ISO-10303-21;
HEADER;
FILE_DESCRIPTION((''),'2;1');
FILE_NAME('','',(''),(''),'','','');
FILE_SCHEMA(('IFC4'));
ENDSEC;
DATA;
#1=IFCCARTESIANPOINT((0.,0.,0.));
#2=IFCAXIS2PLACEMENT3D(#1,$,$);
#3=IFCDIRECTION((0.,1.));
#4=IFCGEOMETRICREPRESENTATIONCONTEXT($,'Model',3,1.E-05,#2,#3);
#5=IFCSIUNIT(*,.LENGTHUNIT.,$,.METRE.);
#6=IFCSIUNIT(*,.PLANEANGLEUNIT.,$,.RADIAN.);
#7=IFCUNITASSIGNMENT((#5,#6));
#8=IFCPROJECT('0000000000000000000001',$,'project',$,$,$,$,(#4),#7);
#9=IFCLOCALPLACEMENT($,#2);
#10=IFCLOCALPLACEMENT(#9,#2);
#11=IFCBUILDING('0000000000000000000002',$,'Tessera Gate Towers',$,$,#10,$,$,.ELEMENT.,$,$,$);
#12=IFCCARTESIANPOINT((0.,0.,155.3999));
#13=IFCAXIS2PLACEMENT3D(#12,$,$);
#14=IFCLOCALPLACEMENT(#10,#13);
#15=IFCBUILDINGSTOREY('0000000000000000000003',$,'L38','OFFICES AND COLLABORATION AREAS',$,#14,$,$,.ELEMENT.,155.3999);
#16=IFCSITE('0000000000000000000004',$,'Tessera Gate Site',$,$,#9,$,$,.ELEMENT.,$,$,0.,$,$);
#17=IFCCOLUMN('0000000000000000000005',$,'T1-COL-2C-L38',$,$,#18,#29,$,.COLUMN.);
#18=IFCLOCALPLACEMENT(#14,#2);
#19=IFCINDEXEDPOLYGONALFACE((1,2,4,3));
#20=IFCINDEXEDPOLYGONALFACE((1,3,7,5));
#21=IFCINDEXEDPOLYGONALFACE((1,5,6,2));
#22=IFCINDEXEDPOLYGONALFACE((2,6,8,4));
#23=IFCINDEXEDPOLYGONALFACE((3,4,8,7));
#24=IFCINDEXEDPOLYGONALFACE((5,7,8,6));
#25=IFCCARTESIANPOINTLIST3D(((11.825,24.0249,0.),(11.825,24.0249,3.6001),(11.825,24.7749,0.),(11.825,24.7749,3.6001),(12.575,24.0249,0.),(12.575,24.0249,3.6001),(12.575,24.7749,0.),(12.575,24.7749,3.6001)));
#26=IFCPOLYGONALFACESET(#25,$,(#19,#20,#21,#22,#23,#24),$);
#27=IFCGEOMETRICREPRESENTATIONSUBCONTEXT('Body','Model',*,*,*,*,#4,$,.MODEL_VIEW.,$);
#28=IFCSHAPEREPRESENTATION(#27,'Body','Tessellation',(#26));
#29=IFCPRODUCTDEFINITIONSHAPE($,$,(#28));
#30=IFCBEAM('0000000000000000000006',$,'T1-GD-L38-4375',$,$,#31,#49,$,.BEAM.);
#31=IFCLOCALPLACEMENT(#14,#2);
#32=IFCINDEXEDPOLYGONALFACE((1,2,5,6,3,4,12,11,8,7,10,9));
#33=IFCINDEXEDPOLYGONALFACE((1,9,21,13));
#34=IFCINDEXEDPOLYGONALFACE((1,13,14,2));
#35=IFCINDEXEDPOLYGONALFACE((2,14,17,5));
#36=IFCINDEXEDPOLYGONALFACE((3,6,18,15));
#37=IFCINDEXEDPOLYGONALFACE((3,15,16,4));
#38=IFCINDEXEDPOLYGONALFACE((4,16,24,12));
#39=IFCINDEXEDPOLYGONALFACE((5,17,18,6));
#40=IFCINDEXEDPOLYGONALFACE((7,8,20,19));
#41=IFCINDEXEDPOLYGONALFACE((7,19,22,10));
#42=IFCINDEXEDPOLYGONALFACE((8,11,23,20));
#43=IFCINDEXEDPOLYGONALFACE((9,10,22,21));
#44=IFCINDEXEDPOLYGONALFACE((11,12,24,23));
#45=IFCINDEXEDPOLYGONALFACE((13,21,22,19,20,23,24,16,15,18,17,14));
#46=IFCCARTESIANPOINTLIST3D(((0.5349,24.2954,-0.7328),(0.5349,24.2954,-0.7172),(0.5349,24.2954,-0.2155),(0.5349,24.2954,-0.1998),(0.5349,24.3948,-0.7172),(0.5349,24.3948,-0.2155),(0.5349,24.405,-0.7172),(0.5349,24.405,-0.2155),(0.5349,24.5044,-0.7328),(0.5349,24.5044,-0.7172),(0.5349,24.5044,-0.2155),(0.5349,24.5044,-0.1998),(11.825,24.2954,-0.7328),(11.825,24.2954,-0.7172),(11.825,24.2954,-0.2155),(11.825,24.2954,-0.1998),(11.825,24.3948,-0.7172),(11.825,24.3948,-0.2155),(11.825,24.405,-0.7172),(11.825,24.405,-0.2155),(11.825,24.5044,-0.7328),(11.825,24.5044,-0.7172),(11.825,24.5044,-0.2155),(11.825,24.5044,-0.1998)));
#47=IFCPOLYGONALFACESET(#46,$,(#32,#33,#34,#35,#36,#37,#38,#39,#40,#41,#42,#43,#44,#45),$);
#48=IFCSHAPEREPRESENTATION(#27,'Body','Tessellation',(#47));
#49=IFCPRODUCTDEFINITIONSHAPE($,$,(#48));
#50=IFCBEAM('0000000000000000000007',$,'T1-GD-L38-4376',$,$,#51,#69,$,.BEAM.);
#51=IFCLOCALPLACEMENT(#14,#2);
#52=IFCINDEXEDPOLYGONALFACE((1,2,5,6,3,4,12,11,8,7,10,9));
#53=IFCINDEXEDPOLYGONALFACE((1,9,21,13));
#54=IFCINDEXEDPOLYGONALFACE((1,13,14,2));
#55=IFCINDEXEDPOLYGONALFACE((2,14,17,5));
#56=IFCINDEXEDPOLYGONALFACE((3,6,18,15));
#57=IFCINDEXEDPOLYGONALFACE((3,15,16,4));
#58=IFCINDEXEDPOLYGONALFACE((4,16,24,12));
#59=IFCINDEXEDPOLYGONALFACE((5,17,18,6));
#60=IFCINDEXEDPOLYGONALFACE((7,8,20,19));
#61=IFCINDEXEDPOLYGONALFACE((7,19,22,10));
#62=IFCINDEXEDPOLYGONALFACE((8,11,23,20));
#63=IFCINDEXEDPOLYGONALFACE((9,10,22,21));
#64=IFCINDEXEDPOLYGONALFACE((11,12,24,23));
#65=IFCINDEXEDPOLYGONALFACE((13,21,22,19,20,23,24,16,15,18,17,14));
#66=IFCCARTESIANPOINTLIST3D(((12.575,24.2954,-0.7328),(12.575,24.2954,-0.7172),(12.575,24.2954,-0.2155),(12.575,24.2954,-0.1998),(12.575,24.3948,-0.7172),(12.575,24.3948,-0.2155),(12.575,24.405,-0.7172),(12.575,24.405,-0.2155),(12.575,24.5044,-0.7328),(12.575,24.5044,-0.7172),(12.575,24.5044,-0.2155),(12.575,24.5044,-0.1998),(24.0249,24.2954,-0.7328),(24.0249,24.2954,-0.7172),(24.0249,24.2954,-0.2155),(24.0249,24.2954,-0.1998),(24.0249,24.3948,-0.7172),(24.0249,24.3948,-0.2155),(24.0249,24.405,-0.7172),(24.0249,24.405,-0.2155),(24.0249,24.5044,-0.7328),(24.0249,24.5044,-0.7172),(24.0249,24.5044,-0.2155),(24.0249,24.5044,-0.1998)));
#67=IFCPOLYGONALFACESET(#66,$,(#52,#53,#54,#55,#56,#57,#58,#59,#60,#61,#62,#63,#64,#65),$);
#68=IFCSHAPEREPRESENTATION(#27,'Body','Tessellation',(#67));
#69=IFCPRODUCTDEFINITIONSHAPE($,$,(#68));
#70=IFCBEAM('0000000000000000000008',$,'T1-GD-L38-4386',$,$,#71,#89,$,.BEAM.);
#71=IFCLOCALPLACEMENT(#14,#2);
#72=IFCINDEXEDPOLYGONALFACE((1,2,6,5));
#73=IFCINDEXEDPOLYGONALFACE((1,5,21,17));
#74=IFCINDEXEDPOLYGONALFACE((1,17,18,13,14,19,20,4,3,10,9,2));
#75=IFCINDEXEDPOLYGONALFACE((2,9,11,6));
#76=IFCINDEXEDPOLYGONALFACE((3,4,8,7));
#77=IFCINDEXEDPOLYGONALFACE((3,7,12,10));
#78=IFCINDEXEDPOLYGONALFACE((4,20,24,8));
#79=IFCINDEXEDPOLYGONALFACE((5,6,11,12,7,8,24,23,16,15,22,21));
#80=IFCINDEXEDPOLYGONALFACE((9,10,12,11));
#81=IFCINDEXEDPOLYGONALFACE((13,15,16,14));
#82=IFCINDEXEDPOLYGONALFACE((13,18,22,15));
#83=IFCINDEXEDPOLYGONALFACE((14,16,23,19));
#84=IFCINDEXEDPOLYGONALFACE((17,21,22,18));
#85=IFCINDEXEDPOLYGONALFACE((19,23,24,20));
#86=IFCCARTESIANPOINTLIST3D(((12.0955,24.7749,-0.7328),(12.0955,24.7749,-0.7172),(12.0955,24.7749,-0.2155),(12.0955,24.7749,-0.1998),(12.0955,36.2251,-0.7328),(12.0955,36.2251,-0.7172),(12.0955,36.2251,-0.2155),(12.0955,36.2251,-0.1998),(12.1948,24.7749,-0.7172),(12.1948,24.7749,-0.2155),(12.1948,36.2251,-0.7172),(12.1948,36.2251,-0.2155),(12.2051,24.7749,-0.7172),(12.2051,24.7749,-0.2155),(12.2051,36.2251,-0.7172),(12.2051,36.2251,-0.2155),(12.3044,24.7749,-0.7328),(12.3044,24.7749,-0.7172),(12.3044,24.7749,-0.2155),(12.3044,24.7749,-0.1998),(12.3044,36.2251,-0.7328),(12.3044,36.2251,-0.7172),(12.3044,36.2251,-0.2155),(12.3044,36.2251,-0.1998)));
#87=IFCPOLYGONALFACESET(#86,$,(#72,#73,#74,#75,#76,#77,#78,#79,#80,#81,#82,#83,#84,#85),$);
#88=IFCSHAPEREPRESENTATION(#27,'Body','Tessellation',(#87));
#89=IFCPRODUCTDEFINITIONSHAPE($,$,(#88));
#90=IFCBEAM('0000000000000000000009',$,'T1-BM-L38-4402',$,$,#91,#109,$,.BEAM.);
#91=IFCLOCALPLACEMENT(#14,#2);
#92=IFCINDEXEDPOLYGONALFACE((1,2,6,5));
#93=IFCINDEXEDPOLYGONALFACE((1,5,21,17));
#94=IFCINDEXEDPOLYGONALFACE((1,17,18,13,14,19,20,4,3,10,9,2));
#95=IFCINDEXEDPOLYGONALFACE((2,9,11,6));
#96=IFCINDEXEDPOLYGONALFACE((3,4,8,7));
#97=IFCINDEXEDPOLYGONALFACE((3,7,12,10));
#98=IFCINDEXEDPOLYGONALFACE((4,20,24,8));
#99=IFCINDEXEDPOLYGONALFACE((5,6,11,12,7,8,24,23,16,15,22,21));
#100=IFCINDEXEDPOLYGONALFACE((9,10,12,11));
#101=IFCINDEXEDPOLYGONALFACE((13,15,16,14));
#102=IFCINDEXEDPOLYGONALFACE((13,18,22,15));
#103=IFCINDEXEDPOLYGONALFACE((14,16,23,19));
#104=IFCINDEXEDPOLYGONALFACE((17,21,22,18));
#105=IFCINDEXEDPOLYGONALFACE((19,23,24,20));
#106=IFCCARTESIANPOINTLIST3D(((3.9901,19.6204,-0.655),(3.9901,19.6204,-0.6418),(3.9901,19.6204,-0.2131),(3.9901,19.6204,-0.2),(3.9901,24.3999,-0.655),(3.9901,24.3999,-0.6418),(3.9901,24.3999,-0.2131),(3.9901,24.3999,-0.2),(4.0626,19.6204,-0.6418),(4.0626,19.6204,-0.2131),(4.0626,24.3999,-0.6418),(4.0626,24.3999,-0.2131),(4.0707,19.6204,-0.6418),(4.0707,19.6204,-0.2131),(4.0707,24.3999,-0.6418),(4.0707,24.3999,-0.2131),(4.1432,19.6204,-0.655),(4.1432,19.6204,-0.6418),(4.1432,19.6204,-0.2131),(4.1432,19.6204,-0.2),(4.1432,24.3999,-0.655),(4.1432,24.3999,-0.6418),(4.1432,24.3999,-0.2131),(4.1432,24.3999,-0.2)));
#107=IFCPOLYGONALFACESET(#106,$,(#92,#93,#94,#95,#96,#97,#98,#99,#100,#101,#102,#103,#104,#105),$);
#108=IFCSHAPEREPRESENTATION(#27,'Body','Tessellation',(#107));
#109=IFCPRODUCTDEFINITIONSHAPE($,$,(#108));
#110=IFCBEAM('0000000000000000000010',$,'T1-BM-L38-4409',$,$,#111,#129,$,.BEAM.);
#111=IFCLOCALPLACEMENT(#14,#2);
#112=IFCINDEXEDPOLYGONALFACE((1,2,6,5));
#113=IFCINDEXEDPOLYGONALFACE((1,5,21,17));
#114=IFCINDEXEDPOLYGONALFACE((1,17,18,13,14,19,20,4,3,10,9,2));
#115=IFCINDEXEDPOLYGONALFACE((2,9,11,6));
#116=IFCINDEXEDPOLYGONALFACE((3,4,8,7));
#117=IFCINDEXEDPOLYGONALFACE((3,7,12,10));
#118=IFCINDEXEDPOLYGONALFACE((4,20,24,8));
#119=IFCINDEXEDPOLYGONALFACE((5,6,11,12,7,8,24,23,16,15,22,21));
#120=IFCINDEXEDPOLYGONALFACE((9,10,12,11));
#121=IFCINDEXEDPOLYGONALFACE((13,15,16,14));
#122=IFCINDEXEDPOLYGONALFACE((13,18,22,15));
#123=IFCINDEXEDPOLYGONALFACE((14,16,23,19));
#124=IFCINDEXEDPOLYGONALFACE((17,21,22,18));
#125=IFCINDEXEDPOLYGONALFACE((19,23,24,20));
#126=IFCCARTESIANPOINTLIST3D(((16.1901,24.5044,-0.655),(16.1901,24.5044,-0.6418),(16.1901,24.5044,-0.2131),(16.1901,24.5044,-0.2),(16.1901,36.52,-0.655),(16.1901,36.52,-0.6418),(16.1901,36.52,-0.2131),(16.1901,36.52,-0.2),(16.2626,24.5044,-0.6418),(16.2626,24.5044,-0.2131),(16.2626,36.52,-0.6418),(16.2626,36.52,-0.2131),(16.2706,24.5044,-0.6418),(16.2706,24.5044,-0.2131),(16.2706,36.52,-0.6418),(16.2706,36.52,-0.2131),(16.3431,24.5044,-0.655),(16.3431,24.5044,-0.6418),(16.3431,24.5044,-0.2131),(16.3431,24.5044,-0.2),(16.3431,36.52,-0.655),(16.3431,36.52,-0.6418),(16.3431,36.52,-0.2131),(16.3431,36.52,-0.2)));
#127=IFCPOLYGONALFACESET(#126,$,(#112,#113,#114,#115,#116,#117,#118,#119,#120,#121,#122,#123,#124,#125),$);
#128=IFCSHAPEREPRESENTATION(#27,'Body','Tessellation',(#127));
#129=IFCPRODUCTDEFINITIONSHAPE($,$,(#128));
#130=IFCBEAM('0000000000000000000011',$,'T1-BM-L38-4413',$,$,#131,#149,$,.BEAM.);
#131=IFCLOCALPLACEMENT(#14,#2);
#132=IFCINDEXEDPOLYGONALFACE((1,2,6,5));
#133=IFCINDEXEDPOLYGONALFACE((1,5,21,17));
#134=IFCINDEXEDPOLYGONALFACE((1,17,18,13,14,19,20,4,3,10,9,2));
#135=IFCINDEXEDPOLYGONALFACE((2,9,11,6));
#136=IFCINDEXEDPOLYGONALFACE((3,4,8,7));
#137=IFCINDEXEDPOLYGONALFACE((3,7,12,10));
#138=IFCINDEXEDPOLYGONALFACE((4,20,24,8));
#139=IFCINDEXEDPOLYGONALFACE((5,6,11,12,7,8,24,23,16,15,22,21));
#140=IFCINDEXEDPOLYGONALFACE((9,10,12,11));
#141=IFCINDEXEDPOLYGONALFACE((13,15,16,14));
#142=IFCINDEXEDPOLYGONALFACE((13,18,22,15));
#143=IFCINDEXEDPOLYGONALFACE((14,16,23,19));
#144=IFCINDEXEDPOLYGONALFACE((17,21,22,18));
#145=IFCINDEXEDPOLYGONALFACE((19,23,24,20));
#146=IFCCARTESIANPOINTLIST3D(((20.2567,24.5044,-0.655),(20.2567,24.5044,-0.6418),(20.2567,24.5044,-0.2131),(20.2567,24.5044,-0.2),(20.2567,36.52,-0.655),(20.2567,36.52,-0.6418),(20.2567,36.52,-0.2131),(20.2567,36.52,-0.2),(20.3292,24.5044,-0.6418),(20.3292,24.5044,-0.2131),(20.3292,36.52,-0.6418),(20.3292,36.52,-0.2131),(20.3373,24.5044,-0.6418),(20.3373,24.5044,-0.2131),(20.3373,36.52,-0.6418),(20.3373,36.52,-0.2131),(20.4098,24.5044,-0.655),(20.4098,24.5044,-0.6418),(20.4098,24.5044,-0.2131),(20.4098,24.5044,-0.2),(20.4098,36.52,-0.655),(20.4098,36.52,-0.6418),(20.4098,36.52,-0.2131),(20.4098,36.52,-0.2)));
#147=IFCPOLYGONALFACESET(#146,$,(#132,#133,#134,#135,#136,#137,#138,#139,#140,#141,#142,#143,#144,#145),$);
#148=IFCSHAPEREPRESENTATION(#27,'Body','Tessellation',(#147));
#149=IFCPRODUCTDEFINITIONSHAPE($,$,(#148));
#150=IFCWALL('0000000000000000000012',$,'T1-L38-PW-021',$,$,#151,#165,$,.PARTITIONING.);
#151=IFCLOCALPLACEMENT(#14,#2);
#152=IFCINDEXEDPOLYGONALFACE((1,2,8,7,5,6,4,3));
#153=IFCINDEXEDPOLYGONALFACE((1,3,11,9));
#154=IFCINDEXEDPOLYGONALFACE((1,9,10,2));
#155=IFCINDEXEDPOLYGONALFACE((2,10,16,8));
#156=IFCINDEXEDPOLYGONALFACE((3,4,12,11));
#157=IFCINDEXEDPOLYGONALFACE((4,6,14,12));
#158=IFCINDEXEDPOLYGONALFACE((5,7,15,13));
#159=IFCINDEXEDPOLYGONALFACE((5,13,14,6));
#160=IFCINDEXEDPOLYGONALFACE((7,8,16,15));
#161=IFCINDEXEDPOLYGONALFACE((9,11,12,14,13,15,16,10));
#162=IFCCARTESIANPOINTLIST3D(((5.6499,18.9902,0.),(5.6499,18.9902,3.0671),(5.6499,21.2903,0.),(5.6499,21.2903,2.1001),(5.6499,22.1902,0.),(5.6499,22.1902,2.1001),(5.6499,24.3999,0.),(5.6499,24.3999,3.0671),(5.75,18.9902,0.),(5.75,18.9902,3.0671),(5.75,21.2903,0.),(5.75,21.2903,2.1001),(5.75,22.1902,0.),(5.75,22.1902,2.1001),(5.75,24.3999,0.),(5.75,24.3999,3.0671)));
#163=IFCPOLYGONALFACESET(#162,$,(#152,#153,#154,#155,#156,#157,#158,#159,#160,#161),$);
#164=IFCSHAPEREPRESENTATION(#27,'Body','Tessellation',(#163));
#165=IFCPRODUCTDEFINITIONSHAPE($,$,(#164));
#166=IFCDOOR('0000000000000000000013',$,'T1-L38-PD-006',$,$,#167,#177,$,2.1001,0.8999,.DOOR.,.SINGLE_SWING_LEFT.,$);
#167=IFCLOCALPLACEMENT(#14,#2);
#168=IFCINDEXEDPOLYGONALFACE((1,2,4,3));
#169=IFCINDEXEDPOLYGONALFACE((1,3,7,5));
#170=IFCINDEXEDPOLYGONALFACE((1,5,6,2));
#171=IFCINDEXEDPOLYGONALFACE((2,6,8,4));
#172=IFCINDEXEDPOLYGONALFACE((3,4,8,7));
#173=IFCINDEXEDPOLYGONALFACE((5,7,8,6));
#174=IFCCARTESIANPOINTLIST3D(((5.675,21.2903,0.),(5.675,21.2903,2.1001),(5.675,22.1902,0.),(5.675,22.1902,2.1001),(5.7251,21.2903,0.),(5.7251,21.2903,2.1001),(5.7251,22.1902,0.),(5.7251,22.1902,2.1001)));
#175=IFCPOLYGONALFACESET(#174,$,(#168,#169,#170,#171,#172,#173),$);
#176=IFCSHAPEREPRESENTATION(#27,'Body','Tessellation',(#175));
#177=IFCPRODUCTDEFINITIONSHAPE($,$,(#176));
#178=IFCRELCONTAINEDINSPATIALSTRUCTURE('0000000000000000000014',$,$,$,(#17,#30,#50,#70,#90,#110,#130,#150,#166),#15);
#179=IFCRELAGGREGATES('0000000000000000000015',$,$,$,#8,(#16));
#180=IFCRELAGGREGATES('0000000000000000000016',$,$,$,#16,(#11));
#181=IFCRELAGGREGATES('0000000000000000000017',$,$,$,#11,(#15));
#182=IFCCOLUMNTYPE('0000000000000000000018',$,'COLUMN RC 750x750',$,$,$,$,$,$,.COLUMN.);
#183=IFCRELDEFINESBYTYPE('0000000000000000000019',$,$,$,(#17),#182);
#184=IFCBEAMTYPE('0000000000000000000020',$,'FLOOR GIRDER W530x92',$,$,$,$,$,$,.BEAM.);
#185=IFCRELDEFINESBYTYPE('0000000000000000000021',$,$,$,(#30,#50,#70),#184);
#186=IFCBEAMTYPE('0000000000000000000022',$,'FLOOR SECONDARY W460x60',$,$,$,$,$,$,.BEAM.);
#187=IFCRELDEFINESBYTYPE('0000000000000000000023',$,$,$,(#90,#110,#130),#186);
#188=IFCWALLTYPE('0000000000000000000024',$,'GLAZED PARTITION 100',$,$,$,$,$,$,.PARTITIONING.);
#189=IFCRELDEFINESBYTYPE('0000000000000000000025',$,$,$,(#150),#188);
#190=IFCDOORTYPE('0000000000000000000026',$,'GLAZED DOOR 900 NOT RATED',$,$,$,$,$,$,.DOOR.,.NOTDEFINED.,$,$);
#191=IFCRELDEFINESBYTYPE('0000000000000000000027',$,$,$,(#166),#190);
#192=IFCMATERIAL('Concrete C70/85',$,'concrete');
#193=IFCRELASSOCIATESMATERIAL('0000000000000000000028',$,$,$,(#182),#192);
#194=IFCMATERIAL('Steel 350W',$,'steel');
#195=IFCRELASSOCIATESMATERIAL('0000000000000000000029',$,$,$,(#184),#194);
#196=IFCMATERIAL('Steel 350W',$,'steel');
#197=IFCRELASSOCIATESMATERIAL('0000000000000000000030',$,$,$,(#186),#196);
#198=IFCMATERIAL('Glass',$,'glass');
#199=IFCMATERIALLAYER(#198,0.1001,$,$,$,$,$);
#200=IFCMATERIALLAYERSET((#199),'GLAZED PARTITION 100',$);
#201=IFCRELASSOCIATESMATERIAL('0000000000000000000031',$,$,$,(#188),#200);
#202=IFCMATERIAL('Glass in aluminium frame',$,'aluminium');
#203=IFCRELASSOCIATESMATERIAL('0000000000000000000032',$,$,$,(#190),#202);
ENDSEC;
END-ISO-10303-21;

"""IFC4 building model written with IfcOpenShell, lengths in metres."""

from ifc_helpers import new_model, si_unit, direction, frame, frame_2d, origin, origin_2d, place, context, subcontext, project, spatial, rectangle, i_section, extrude, source, transform, mapped, material, layer, layer_set, material_profile, profile_set, type_object, element, fill, save


model = new_model("IFC4")

# Units and contexts
model_context = context("Model", 3, precision=1e-05, world=origin(), true_north=direction((0.0, 1.0)))
body_context = subcontext(model_context, "Body", "Model", "MODEL_VIEW")
ifc_project = project(units=[si_unit("LENGTHUNIT", "METRE"), si_unit("PLANEANGLEUNIT", "RADIAN")], contexts=[model_context])

# Site, building, storey
site_placement = place(None, origin())
site = spatial("IfcSite", under=ifc_project, at=site_placement, Name="Tessera Gate Site", CompositionType="ELEMENT", RefElevation=0.0)
building_placement = place(site_placement, origin())
building = spatial("IfcBuilding", under=site, at=building_placement, Name="Tessera Gate Towers", CompositionType="ELEMENT")
storey_placement = place(building_placement, frame((0.0, 0.0, 155.3999)))
storey = spatial("IfcBuildingStorey", under=building, at=storey_placement, Name="L38", Description="OFFICES AND COLLABORATION AREAS", CompositionType="ELEMENT", Elevation=155.3999)

# Column
ifc_material_1 = material(Name="Concrete C70/85", Category="concrete")
ifc_material_profile_1 = material_profile(ifc_material_1, rectangle(XDim=0.75, YDim=0.75, at=origin_2d()), Name="RC 750x750")
ifc_profile_set_1 = profile_set([ifc_material_profile_1], Name="Concrete C70/85")
column_type = type_object("IfcColumnType", Name="COLUMN RC 750x750", PredefinedType="COLUMN", material=ifc_profile_set_1)
column_placement = place(storey_placement, frame((12.2, 24.3999, 0.0), z_axis=(0.0, 0.0, 1.0), x_axis=(1.0, 0.0, 0.0)))
element("IfcColumn", 1, at=column_placement, inside=storey, type_object=column_type, Name="T1-COL-2C-L38", PredefinedType="COLUMN", context=body_context, shape_type="SweptSolid", body=[
    extrude(rectangle(XDim=0.75, YDim=0.75, at=origin_2d()), origin(), (0.0, 0.0, 1.0), 3.6001),
])

# Beams
ifc_material_2 = material(Name="Steel 350W", Category="steel")
ifc_material_profile_2 = material_profile(ifc_material_2, i_section(OverallWidth=0.209, OverallDepth=0.533, WebThickness=0.0103, FlangeThickness=0.0156, at=origin_2d()), Name="W530x92")
ifc_profile_set_2 = profile_set([ifc_material_profile_2], Name="Steel 350W")
beam_type_1 = type_object("IfcBeamType", Name="FLOOR GIRDER W530x92", PredefinedType="BEAM", material=ifc_profile_set_2)
beam_1_placement = place(storey_placement, frame((0.5349, 24.3999, -0.4663), z_axis=(1.0, 0.0, 0.0), x_axis=(0.0, 1.0, 0.0)))
element("IfcBeam", 2, at=beam_1_placement, inside=storey, type_object=beam_type_1, Name="T1-GD-L38-4375", PredefinedType="BEAM", context=body_context, shape_type="SweptSolid", body=[
    extrude(i_section(OverallWidth=0.209, OverallDepth=0.533, WebThickness=0.0103, FlangeThickness=0.0156, at=origin_2d()), origin(), (0.0, 0.0, 1.0), 11.29),
])
beam_2_placement = place(storey_placement, frame((12.575, 24.3999, -0.4663), z_axis=(1.0, 0.0, 0.0), x_axis=(0.0, 1.0, 0.0)))
element("IfcBeam", 3, at=beam_2_placement, inside=storey, type_object=beam_type_1, Name="T1-GD-L38-4376", PredefinedType="BEAM", context=body_context, shape_type="SweptSolid", body=[
    extrude(i_section(OverallWidth=0.209, OverallDepth=0.533, WebThickness=0.0103, FlangeThickness=0.0156, at=origin_2d()), origin(), (0.0, 0.0, 1.0), 11.45),
])
beam_3_placement = place(storey_placement, frame((12.2, 24.7749, -0.4663), z_axis=(0.0, 1.0, 0.0), x_axis=(-1.0, 0.0, 0.0)))
element("IfcBeam", 4, at=beam_3_placement, inside=storey, type_object=beam_type_1, Name="T1-GD-L38-4386", PredefinedType="BEAM", context=body_context, shape_type="SweptSolid", body=[
    extrude(i_section(OverallWidth=0.209, OverallDepth=0.533, WebThickness=0.0103, FlangeThickness=0.0156, at=origin_2d()), origin(), (0.0, 0.0, 1.0), 11.4502),
])
ifc_material_3 = material(Name="Steel 350W", Category="steel")
ifc_material_profile_3 = material_profile(ifc_material_3, i_section(OverallWidth=0.1531, OverallDepth=0.4551, WebThickness=0.0081, FlangeThickness=0.0132, at=origin_2d()), Name="W460x60")
ifc_profile_set_3 = profile_set([ifc_material_profile_3], Name="Steel 350W")
beam_type_2 = type_object("IfcBeamType", Name="FLOOR SECONDARY W460x60", PredefinedType="BEAM", material=ifc_profile_set_3)
beam_4_placement = place(storey_placement, frame((4.0667, 19.6204, -0.4275), z_axis=(0.0, 1.0, 0.0), x_axis=(-1.0, 0.0, 0.0)))
element("IfcBeam", 5, at=beam_4_placement, inside=storey, type_object=beam_type_2, Name="T1-BM-L38-4402", PredefinedType="BEAM", context=body_context, shape_type="SweptSolid", body=[
    extrude(i_section(OverallWidth=0.1531, OverallDepth=0.4551, WebThickness=0.0081, FlangeThickness=0.0132, at=origin_2d()), origin(), (0.0, 0.0, 1.0), 4.7795),
])
for number, where, z_axis, x_axis, name in (
    (6, (16.2666, 24.5044, -0.4275), (0.0, 1.0, 0.0), (-1.0, 0.0, 0.0), "T1-BM-L38-4409"),
    (7, (20.3333, 24.5044, -0.4275), (0.0, 1.0, 0.0), (-1.0, 0.0, 0.0), "T1-BM-L38-4413"),
):
    element("IfcBeam", number, at=place(storey_placement, frame(where, z_axis=z_axis, x_axis=x_axis)), inside=storey, type_object=beam_type_2, Name=name, PredefinedType="BEAM", context=body_context, shape_type="SweptSolid", body=[
        extrude(i_section(OverallWidth=0.1531, OverallDepth=0.4551, WebThickness=0.0081, FlangeThickness=0.0132, at=origin_2d()), origin(), (0.0, 0.0, 1.0), 12.0156),
    ])

# Wall, opening, door
ifc_material_4 = material(Name="Glass", Category="glass")
ifc_layer_1 = layer(ifc_material_4, 0.1001)
ifc_layer_set_1 = layer_set([ifc_layer_1], Name="GLAZED PARTITION 100")
wall_type_1 = type_object("IfcWallType", Name="GLAZED PARTITION 100", PredefinedType="PARTITIONING", material=ifc_layer_set_1)
wall_1_placement = place(storey_placement, frame((5.7, 18.9902, 0.0), z_axis=(0.0, 0.0, 1.0), x_axis=(0.0, 1.0, 0.0)))
wall_1 = element("IfcWall", 8, at=wall_1_placement, inside=storey, type_object=wall_type_1, Name="T1-L38-PW-021", PredefinedType="PARTITIONING", context=body_context, shape_type="SweptSolid", body=[
    extrude(rectangle(XDim=5.4097, YDim=0.1001, at=frame_2d((2.7048, 0.0))), origin(), (0.0, 0.0, 1.0), 3.0671),
])
shared_shape_1 = source(origin(), body_context, "Body", "SweptSolid", [
    extrude(rectangle(XDim=0.8999, YDim=2.1001, at=frame_2d((0.45, 1.05))), frame((0.0, 0.0601, 0.0), z_axis=(0.0, -1.0, 0.0), x_axis=(1.0, 0.0, 0.0)), (0.0, 0.0, 1.0), 0.1201),
])
opening_1_placement = place(wall_1_placement, frame((2.3, 0.0, 0.0)))
opening_1 = element("IfcOpeningElement", 9, at=opening_1_placement, cuts=wall_1, PredefinedType="OPENING", context=body_context, shape_type="MappedRepresentation", body=[
    mapped(shared_shape_1, transform((0.0, 0.0, 0.0), scale=1.0)),
])
ifc_material_5 = material(Name="Glass in aluminium frame", Category="aluminium")
door_type_1 = type_object("IfcDoorType", Name="GLAZED DOOR 900 NOT RATED", OperationType="NOTDEFINED", PredefinedType="DOOR", material=ifc_material_5)
shared_shape_2 = source(origin(), body_context, "Body", "SweptSolid", [
    extrude(rectangle(XDim=0.8999, YDim=2.1001, at=frame_2d((0.45, 1.05))), frame((0.0, 0.0249, 0.0), z_axis=(0.0, -1.0, 0.0), x_axis=(1.0, 0.0, 0.0)), (0.0, 0.0, 1.0), 0.05),
])
door_1_placement = place(opening_1_placement, origin())
door_1 = element("IfcDoor", 10, at=door_1_placement, inside=storey, type_object=door_type_1, Name="T1-L38-PD-006", OperationType="SINGLE_SWING_LEFT", OverallHeight=2.1001, OverallWidth=0.8999, PredefinedType="DOOR", context=body_context, shape_type="MappedRepresentation", body=[
    mapped(shared_shape_2, transform((0.0, 0.0, 0.0), scale=1.0)),
])
fill(opening_1, door_1)

save(model, "model.ifc")
